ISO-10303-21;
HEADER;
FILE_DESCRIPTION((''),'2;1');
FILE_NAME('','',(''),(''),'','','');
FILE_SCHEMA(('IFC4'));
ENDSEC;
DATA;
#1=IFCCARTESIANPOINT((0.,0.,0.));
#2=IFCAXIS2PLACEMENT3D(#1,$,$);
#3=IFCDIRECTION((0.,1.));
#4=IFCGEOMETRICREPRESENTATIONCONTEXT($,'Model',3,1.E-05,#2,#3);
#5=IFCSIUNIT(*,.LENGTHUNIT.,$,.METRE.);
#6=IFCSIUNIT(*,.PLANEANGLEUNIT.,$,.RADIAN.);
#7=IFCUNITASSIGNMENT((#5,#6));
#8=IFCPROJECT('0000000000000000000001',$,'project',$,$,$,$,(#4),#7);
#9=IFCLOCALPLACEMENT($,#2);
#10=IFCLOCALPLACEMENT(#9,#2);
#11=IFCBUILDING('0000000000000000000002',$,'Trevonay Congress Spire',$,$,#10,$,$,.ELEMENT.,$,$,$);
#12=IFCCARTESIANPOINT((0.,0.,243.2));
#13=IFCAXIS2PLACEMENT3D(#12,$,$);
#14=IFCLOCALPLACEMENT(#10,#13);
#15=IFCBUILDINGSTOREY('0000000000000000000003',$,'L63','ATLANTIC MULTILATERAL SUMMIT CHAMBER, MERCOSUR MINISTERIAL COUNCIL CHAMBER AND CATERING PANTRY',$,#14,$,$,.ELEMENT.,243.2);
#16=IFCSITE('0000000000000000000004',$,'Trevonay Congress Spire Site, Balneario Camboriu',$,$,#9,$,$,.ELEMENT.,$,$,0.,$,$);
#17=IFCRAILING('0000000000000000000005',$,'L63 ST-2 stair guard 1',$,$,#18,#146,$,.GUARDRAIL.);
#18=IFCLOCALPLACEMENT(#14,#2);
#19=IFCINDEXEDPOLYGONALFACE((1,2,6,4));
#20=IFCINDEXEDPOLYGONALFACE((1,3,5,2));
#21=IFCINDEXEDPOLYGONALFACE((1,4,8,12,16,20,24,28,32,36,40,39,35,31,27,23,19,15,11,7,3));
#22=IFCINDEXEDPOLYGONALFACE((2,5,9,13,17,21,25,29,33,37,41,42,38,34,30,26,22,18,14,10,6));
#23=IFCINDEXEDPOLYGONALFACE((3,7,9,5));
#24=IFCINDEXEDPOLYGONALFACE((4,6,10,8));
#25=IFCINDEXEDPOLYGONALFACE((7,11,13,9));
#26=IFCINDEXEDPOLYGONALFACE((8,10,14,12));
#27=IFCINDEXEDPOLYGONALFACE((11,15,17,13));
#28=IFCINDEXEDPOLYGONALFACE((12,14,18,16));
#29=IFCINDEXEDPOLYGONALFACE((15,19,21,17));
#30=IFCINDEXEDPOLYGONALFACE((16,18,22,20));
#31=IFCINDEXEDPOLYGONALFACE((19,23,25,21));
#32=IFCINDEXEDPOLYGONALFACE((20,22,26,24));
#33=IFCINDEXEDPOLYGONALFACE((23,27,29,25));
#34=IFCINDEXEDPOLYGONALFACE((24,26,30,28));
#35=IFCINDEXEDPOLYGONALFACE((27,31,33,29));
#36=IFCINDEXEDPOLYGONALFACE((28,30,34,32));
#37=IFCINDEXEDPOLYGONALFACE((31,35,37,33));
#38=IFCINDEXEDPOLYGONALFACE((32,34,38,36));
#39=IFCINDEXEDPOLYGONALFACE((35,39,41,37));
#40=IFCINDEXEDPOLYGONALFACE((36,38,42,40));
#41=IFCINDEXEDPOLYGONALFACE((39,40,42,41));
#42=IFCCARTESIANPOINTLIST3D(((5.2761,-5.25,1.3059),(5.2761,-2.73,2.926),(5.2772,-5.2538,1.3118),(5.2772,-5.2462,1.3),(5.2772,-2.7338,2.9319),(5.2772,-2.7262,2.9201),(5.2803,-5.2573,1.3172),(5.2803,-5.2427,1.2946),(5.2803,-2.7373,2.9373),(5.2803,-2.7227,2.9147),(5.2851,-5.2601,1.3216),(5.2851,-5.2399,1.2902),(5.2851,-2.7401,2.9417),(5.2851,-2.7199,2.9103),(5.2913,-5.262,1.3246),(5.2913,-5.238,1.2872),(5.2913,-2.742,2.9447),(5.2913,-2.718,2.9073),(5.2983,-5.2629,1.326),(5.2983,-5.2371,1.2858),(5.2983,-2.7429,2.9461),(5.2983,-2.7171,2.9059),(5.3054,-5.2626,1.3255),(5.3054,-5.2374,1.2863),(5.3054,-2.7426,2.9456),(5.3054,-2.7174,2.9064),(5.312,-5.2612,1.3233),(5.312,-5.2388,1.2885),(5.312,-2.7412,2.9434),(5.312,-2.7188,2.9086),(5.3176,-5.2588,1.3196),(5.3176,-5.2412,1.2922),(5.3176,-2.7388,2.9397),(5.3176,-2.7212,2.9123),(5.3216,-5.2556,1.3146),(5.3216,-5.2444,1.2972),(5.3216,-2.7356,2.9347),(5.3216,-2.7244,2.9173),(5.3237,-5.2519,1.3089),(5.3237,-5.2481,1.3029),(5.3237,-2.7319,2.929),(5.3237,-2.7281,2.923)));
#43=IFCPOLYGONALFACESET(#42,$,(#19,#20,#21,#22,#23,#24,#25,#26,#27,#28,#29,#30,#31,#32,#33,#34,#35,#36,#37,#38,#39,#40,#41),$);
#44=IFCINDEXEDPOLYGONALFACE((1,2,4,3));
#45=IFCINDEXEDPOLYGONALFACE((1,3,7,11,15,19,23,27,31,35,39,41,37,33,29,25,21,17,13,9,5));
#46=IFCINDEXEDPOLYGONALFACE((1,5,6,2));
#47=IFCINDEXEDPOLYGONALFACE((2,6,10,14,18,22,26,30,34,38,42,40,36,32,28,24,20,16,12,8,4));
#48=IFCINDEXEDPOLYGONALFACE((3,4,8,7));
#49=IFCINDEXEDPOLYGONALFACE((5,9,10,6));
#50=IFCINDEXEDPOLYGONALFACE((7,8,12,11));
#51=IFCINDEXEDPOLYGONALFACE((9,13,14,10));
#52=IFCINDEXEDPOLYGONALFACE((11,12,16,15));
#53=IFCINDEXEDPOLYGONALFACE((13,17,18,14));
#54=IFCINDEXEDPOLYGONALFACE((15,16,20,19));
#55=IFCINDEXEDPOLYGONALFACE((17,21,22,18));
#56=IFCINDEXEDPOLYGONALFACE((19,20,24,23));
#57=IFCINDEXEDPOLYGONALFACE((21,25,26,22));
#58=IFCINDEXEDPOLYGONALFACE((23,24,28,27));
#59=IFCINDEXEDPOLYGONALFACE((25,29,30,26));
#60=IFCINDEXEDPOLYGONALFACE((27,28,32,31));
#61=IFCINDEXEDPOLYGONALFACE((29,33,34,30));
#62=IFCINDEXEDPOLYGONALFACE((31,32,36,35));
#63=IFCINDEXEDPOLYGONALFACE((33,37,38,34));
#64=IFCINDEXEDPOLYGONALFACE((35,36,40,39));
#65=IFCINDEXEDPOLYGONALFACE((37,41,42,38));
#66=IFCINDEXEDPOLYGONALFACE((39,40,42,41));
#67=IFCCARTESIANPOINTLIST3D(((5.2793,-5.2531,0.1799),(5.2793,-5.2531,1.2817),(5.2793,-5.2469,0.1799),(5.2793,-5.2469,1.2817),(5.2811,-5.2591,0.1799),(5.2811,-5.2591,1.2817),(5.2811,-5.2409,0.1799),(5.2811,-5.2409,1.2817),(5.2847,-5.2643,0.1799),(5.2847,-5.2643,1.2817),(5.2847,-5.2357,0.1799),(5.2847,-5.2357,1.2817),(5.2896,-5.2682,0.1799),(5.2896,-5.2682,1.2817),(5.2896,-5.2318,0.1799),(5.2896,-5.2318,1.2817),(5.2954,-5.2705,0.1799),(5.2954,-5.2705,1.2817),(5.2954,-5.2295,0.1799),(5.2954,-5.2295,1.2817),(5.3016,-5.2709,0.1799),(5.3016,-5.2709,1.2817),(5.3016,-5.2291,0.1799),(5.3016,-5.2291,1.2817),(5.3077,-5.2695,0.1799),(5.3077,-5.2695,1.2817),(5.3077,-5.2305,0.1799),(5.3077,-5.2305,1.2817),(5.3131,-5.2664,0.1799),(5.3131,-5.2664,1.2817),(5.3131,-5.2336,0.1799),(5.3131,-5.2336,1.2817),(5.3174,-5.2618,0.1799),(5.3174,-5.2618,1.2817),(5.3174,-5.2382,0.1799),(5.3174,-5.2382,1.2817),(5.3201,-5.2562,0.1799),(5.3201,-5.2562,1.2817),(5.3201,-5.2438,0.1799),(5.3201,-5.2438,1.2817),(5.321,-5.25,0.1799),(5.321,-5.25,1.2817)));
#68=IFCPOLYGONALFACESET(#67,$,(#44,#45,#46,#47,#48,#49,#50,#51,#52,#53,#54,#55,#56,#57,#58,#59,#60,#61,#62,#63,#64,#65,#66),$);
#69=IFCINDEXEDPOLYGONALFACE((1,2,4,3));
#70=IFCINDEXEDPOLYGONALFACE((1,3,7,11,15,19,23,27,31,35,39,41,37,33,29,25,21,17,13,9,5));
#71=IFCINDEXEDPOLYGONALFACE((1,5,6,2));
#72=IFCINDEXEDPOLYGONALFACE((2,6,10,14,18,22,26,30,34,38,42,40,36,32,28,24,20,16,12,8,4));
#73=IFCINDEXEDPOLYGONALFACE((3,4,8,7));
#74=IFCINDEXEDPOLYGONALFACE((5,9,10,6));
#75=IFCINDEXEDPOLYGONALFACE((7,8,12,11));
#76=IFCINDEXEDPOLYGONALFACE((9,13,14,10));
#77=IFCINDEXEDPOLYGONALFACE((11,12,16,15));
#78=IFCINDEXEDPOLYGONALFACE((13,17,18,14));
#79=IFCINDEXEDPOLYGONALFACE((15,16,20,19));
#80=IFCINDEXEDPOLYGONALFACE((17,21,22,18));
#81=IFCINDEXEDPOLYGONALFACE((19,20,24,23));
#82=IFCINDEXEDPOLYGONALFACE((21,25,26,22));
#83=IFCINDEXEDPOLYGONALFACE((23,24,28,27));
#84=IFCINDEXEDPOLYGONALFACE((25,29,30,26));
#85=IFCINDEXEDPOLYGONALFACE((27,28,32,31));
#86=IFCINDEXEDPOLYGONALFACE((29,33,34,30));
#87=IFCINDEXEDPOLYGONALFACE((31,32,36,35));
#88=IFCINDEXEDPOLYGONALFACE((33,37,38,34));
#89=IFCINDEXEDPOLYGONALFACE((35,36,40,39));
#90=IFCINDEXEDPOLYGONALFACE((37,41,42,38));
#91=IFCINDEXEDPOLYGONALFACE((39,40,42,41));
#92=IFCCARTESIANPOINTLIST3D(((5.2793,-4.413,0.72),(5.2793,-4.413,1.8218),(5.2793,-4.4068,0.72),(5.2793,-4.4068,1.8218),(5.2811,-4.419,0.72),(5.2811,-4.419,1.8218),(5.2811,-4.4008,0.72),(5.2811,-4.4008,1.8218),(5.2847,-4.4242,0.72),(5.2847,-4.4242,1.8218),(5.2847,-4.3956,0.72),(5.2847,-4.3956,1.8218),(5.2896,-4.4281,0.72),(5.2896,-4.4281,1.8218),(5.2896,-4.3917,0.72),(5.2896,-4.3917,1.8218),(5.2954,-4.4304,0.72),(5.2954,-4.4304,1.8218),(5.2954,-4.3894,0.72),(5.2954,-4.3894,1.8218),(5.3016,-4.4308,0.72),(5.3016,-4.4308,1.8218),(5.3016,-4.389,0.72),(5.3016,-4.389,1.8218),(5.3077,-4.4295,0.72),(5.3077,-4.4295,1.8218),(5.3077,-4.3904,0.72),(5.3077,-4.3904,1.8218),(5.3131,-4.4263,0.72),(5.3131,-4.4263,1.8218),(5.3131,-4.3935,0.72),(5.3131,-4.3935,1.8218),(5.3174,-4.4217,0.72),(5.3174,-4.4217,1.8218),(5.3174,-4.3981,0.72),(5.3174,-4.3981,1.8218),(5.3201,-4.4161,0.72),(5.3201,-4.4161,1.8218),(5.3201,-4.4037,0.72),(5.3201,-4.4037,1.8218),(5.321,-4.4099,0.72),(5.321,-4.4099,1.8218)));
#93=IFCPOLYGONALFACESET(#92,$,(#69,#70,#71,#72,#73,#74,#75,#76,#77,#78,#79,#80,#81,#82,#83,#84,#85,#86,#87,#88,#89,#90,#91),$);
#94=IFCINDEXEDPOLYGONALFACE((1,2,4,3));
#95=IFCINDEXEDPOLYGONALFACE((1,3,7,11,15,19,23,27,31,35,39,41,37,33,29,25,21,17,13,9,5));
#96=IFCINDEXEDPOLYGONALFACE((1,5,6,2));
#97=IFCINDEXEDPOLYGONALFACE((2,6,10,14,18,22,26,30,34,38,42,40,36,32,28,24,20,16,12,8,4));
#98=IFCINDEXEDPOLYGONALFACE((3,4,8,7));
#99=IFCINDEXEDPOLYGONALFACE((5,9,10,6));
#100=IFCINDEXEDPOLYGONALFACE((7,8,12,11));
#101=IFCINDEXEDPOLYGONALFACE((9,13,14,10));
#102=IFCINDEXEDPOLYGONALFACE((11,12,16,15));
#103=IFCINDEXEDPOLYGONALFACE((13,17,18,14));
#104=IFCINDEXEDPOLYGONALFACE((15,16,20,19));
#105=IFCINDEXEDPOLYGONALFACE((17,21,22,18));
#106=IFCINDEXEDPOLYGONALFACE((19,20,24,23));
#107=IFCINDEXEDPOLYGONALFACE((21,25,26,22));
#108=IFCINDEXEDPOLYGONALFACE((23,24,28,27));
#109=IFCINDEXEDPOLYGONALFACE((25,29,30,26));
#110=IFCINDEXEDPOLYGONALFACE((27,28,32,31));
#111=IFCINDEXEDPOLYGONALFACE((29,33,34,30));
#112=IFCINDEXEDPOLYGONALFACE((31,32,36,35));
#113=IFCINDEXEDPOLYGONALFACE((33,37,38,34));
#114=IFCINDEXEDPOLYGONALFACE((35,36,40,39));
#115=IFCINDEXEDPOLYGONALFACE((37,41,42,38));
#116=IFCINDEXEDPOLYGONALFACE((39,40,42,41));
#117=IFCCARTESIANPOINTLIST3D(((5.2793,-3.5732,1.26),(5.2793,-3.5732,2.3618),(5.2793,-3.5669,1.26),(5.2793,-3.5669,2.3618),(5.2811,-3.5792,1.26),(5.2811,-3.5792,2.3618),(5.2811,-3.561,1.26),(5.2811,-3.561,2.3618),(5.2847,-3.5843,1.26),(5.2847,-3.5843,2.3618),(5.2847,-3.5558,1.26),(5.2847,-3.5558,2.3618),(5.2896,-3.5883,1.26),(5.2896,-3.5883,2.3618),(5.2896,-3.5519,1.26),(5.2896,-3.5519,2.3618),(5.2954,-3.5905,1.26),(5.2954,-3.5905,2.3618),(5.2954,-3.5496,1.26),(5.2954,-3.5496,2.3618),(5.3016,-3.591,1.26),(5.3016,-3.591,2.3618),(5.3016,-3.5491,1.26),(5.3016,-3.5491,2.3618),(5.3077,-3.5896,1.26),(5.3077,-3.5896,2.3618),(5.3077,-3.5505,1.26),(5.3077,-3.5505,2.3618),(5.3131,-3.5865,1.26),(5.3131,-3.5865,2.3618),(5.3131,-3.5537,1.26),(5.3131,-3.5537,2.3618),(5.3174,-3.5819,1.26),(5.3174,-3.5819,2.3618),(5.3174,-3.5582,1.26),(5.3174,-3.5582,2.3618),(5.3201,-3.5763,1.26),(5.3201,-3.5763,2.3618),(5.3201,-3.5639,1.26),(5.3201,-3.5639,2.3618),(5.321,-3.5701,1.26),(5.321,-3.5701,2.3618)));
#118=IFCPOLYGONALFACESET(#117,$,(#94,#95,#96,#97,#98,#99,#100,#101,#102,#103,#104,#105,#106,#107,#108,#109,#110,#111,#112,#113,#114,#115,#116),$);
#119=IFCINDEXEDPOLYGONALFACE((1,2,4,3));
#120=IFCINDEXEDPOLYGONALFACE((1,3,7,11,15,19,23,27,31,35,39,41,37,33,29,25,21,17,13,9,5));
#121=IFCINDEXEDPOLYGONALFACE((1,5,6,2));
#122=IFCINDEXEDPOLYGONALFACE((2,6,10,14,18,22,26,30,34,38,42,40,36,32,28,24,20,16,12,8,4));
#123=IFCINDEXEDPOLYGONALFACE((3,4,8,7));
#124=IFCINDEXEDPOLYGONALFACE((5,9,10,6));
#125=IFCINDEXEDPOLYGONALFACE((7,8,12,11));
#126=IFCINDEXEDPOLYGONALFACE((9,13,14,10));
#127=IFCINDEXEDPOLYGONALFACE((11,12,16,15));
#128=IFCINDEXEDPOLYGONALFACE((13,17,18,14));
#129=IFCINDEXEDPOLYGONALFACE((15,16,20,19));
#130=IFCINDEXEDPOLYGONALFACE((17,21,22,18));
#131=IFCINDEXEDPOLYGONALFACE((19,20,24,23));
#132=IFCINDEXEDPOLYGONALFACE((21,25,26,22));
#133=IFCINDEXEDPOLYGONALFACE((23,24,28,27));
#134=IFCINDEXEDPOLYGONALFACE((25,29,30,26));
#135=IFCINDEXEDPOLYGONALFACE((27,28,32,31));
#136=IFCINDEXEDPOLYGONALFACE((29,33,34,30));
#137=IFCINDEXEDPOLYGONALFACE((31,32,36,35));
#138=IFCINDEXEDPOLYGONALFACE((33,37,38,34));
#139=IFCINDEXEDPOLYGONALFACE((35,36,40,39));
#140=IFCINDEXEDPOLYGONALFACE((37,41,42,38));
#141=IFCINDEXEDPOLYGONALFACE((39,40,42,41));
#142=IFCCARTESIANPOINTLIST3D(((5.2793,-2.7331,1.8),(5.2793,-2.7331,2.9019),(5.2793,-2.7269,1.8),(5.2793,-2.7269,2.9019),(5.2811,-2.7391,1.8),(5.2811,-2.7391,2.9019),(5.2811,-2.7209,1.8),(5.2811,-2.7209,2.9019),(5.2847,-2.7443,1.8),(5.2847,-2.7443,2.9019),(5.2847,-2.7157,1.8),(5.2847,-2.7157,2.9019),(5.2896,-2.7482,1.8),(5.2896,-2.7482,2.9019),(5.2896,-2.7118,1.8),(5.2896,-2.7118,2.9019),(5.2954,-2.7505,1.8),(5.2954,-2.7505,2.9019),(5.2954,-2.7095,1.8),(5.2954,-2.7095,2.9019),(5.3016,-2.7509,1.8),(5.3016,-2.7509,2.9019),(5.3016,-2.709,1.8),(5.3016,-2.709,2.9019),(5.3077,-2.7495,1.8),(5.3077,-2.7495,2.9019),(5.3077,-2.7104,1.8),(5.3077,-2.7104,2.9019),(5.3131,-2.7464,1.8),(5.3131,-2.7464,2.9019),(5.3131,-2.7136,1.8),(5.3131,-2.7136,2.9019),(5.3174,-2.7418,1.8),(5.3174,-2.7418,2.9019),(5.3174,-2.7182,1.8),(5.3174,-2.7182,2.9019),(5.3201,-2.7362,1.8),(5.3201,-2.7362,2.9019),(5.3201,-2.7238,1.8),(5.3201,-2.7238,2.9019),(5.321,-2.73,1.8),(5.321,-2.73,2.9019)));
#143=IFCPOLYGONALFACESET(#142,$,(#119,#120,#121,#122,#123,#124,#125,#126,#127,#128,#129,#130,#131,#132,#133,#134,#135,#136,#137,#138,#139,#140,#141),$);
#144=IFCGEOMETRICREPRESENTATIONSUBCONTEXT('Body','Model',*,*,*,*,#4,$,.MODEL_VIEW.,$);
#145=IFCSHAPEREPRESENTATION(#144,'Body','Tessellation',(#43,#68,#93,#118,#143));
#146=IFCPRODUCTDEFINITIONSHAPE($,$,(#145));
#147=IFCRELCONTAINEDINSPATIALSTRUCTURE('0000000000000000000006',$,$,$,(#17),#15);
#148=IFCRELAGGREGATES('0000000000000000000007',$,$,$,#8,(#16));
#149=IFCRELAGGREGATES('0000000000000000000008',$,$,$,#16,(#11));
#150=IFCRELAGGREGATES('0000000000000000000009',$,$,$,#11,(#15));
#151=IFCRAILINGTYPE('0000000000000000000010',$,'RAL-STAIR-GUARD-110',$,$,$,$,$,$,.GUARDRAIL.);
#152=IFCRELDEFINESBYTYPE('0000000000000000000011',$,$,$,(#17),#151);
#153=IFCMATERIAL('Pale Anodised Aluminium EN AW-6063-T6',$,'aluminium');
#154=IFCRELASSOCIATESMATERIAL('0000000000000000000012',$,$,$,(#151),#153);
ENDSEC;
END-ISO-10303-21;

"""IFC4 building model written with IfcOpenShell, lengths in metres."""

from ifc_helpers import new_model, si_unit, direction, frame, origin, origin_2d, place, context, subcontext, project, spatial, circle, extrude, material, type_object, element, save


model = new_model("IFC4")

# Units and contexts
model_context = context("Model", 3, precision=1e-05, world=origin(), true_north=direction((0.0, 1.0)))
body_context = subcontext(model_context, "Body", "Model", "MODEL_VIEW")
ifc_project = project(units=[si_unit("LENGTHUNIT", "METRE"), si_unit("PLANEANGLEUNIT", "RADIAN")], contexts=[model_context])

# Site, building, storey
site_placement = place(None, origin())
site = spatial("IfcSite", under=ifc_project, at=site_placement, Name="Trevonay Congress Spire Site, Balneario Camboriu", CompositionType="ELEMENT", RefElevation=0.0)
building_placement = place(site_placement, origin())
building = spatial("IfcBuilding", under=site, at=building_placement, Name="Trevonay Congress Spire", CompositionType="ELEMENT")
storey_placement = place(building_placement, frame((0.0, 0.0, 243.2)))
storey = spatial("IfcBuildingStorey", under=building, at=storey_placement, Name="L63", Description="ATLANTIC MULTILATERAL SUMMIT CHAMBER, MERCOSUR MINISTERIAL COUNCIL CHAMBER AND CATERING PANTRY", CompositionType="ELEMENT", Elevation=243.2)

# Shared definitions
ifc_material_1 = material(Name="Pale Anodised Aluminium EN AW-6063-T6", Category="aluminium")

# Railing
railing_type_1 = type_object("IfcRailingType", Name="RAL-STAIR-GUARD-110", PredefinedType="GUARDRAIL", material=ifc_material_1)
railing_1_placement = place(storey_placement, frame((5.3, -5.25, 0.1799)))
element("IfcRailing", 1, at=railing_1_placement, inside=storey, type_object=railing_type_1, Name="L63 ST-2 stair guard 1", PredefinedType="GUARDRAIL", context=body_context, shape_type="SweptSolid", body=[
    extrude(circle(Radius=0.0239, at=origin_2d()), frame((0.0, 0.0, 1.126), z_axis=(0.0, 0.841163, 0.540782), x_axis=(-1.0, 0.0, 0.0)), (0.0, 0.0, 1.0), 2.9958),
    extrude(circle(Radius=0.021, at=origin_2d()), origin(), (0.0, 0.0, 1.0), 1.1018),
    extrude(circle(Radius=0.021, at=origin_2d()), frame((0.0, 0.8401, 0.54)), (0.0, 0.0, 1.0), 1.1018),
    extrude(circle(Radius=0.021, at=origin_2d()), frame((0.0, 1.6799, 1.0801)), (0.0, 0.0, 1.0), 1.1018),
    extrude(circle(Radius=0.021, at=origin_2d()), frame((0.0, 2.52, 1.6201)), (0.0, 0.0, 1.0), 1.1018),
])

save(model, "model.ifc")
